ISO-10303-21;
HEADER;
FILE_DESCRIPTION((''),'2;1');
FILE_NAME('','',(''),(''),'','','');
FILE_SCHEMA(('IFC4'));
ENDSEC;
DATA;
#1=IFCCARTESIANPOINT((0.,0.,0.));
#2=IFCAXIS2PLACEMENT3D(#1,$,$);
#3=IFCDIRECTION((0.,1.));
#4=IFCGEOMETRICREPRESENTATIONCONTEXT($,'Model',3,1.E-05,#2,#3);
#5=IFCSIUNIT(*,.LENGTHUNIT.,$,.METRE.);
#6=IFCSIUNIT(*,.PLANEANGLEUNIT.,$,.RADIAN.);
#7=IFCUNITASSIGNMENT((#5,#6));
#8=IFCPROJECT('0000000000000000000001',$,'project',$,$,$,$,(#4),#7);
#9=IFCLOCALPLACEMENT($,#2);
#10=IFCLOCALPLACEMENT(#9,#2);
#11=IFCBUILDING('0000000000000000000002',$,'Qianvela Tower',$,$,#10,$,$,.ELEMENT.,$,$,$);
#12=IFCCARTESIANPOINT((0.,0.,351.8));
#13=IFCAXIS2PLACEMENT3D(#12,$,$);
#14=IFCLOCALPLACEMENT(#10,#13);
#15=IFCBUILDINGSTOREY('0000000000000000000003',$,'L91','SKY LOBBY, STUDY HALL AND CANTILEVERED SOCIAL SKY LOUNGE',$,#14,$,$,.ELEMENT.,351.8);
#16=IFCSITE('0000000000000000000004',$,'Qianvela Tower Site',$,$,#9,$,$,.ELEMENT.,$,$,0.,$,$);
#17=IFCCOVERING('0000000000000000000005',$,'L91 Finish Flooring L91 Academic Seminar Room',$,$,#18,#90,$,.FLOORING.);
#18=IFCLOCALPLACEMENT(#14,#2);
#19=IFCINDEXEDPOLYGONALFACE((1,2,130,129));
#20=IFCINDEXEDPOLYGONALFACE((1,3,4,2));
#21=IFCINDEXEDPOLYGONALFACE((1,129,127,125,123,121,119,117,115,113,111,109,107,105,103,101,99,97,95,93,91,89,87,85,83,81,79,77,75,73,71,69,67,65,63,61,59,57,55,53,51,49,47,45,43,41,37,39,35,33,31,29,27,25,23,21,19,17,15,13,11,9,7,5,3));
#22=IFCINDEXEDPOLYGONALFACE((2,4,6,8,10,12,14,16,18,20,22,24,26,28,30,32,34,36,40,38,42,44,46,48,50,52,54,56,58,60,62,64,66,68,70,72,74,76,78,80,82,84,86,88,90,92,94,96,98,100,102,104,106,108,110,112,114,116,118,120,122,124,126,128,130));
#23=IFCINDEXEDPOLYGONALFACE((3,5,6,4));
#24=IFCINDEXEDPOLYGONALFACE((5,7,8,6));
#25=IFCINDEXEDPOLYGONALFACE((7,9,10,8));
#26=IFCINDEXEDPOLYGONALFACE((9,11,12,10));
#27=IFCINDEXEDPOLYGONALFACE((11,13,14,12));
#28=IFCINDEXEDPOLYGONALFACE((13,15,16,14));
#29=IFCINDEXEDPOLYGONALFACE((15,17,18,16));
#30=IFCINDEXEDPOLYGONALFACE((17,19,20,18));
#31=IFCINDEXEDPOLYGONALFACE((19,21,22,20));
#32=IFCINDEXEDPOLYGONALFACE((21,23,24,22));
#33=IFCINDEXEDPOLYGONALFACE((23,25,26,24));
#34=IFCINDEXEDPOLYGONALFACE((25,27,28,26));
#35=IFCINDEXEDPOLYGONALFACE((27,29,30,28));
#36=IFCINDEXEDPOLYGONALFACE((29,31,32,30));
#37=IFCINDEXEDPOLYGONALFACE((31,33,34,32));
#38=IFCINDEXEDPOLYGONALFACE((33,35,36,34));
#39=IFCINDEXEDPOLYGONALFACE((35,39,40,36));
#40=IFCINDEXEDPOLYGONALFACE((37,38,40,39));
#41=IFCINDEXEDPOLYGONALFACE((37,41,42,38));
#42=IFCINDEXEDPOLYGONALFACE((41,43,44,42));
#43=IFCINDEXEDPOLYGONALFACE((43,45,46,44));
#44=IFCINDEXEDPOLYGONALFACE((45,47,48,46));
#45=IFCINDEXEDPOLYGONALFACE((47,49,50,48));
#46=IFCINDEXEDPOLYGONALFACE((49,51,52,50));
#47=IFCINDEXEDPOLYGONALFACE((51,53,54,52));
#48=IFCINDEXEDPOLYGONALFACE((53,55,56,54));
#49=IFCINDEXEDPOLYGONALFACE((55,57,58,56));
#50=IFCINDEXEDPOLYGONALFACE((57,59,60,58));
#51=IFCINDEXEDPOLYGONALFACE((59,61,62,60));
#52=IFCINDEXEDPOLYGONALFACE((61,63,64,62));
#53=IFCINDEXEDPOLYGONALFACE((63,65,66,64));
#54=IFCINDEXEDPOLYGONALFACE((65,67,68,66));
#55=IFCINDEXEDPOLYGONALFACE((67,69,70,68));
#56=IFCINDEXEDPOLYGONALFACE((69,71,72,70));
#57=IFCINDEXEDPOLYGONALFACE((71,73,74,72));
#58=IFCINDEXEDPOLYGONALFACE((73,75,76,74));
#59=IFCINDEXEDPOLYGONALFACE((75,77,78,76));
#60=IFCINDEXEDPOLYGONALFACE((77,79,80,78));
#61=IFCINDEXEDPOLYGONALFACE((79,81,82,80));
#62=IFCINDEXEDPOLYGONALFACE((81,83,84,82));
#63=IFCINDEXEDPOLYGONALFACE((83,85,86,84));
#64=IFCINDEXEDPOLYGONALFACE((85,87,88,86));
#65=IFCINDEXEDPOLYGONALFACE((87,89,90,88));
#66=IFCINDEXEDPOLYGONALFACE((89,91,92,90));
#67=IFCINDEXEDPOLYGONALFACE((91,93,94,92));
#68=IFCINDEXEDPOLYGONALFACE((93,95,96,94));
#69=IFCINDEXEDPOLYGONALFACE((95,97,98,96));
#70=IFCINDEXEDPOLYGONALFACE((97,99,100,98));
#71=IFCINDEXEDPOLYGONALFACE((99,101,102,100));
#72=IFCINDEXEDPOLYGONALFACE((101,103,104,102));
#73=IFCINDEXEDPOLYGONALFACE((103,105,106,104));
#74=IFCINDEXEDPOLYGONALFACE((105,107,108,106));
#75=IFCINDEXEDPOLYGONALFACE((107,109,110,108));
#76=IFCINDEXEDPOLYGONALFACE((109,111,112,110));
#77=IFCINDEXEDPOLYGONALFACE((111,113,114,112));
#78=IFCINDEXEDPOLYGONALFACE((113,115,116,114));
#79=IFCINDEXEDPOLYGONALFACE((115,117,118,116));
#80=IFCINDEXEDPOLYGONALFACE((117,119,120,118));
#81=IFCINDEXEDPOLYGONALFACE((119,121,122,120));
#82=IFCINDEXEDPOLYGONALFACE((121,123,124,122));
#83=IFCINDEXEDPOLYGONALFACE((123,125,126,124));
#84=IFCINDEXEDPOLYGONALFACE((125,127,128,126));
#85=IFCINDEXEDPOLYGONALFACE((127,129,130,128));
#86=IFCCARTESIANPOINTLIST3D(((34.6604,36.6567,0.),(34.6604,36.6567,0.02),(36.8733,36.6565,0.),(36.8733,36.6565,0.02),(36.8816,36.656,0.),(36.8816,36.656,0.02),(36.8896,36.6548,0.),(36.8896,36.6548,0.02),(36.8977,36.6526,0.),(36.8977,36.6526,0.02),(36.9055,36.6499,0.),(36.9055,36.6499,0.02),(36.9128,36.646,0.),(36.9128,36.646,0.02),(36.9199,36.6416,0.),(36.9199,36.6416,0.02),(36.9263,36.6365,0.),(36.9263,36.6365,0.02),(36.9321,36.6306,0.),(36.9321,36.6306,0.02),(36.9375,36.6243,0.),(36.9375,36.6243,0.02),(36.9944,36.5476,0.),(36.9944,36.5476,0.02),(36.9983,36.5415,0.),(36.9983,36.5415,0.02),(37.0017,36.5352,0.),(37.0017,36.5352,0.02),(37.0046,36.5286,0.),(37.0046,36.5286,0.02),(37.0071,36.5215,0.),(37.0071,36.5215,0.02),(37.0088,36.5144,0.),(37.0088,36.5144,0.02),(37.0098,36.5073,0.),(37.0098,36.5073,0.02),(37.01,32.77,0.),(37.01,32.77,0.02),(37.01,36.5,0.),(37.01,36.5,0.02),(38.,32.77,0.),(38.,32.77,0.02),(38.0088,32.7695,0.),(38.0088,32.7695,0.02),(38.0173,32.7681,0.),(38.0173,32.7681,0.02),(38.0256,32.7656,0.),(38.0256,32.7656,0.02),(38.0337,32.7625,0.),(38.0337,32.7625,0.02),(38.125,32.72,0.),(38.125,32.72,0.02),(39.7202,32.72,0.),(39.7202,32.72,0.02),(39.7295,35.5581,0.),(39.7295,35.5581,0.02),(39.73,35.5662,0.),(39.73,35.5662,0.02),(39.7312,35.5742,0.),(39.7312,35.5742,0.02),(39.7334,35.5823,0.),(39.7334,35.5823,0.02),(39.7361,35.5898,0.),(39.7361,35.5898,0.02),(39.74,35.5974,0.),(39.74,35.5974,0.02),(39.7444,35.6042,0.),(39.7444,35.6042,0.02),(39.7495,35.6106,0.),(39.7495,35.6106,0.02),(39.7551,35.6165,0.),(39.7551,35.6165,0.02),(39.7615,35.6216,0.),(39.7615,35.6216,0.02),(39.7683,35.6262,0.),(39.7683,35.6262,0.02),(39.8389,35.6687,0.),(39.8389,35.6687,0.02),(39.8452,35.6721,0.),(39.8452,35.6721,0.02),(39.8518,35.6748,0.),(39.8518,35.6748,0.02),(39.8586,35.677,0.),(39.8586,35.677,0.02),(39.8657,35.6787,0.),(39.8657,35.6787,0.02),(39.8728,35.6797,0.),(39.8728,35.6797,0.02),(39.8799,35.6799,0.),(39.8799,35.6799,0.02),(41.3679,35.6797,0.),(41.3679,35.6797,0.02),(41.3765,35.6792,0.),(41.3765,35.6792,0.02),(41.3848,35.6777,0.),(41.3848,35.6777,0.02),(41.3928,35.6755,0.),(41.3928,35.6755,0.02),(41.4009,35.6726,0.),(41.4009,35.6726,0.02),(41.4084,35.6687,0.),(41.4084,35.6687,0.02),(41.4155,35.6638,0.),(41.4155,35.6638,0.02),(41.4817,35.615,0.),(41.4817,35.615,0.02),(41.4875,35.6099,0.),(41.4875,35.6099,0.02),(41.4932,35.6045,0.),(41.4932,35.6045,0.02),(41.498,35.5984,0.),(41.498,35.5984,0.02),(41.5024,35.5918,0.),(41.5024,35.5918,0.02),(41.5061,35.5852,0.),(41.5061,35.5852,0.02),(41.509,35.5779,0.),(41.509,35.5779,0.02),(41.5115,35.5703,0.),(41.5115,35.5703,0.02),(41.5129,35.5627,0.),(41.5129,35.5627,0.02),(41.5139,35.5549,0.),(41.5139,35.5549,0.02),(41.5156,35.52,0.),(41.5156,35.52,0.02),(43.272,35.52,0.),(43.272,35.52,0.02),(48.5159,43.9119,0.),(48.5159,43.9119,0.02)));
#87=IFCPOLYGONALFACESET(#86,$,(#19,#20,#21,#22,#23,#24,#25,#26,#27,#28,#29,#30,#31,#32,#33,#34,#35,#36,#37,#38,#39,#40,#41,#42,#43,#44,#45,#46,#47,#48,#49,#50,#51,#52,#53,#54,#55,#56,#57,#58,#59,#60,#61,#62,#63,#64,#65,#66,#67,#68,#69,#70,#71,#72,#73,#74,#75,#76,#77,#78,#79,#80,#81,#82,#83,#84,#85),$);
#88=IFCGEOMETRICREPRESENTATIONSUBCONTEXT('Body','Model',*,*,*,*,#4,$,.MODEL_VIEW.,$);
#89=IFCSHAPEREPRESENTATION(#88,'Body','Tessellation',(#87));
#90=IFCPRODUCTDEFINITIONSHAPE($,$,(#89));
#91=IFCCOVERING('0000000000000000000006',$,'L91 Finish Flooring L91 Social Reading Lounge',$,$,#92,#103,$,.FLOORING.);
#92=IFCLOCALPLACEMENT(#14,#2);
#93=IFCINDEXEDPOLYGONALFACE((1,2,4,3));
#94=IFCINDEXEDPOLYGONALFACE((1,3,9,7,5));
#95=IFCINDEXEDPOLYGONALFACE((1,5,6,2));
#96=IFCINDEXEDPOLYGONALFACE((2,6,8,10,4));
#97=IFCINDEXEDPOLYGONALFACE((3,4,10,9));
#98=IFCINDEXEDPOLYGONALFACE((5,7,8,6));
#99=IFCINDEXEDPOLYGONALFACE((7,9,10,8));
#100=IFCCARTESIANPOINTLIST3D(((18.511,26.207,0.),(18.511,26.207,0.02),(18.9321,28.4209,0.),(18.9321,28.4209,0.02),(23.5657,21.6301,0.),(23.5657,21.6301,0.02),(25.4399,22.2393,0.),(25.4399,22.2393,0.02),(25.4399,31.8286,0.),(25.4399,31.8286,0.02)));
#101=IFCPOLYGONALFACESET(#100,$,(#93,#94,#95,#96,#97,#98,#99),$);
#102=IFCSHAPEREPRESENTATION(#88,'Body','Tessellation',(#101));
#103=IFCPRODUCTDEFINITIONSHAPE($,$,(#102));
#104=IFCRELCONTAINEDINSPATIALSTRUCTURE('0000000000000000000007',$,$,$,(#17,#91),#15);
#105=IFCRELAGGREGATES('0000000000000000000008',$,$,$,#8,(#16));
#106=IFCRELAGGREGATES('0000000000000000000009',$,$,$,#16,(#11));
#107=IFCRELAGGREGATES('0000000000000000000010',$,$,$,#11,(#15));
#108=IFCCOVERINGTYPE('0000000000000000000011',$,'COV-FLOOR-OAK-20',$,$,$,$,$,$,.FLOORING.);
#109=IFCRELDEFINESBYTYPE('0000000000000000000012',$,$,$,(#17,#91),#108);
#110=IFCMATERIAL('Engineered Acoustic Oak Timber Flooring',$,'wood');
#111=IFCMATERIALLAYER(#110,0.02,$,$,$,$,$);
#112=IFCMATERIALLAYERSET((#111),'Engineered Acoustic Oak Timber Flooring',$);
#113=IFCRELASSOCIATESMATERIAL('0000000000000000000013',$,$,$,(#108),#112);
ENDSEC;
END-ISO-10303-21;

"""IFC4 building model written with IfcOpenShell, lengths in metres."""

from ifc_helpers import new_model, si_unit, direction, frame, origin, place, context, subcontext, project, spatial, polyline, outline, extrude, material, layer, layer_set, type_object, element, save


model = new_model("IFC4")

# Units and contexts
model_context = context("Model", 3, precision=1e-05, world=origin(), true_north=direction((0.0, 1.0)))
body_context = subcontext(model_context, "Body", "Model", "MODEL_VIEW")
ifc_project = project(units=[si_unit("LENGTHUNIT", "METRE"), si_unit("PLANEANGLEUNIT", "RADIAN")], contexts=[model_context])

# Site, building, storey
site_placement = place(None, origin())
site = spatial("IfcSite", under=ifc_project, at=site_placement, Name="Qianvela Tower Site", CompositionType="ELEMENT", RefElevation=0.0)
building_placement = place(site_placement, origin())
building = spatial("IfcBuilding", under=site, at=building_placement, Name="Qianvela Tower", CompositionType="ELEMENT")
storey_placement = place(building_placement, frame((0.0, 0.0, 351.8)))
storey = spatial("IfcBuildingStorey", under=building, at=storey_placement, Name="L91", Description="SKY LOBBY, STUDY HALL AND CANTILEVERED SOCIAL SKY LOUNGE", CompositionType="ELEMENT", Elevation=351.8)

# Coverings
ifc_material_1 = material(Name="Engineered Acoustic Oak Timber Flooring", Category="wood")
ifc_layer_1 = layer(ifc_material_1, 0.02)
ifc_layer_set_1 = layer_set([ifc_layer_1], Name="Engineered Acoustic Oak Timber Flooring")
covering_type_1 = type_object("IfcCoveringType", Name="COV-FLOOR-OAK-20", PredefinedType="FLOORING", material=ifc_layer_set_1)
covering_1_placement = place(storey_placement, origin())
element("IfcCovering", 1, at=covering_1_placement, inside=storey, type_object=covering_type_1, Name="L91 Finish Flooring L91 Academic Seminar Room", PredefinedType="FLOORING", context=body_context, shape_type="SweptSolid", body=[
    extrude(outline(polyline([(34.6604, 36.6567), (48.5159, 43.9119), (43.272, 35.52), (41.5156, 35.52), (41.5139, 35.5549), (41.5129, 35.5627), (41.5115, 35.5703), (41.509, 35.5779), (41.5061, 35.5852), (41.5024, 35.5918), (41.498, 35.5984), (41.4932, 35.6045), (41.4875, 35.6099), (41.4817, 35.615), (41.4155, 35.6638), (41.4084, 35.6687), (41.4009, 35.6726), (41.3928, 35.6755), (41.3848, 35.6777), (41.3765, 35.6792), (41.3679, 35.6797), (39.8799, 35.6799), (39.8728, 35.6797), (39.8657, 35.6787), (39.8586, 35.677), (39.8518, 35.6748), (39.8452, 35.6721), (39.8389, 35.6687), (39.7683, 35.6262), (39.7615, 35.6216), (39.7551, 35.6165), (39.7495, 35.6106), (39.7444, 35.6042), (39.74, 35.5974), (39.7361, 35.5898), (39.7334, 35.5823), (39.7312, 35.5742), (39.73, 35.5662), (39.7295, 35.5581), (39.7202, 32.72), (38.125, 32.72), (38.0337, 32.7625), (38.0256, 32.7656), (38.0173, 32.7681), (38.0088, 32.7695), (38.0, 32.77), (37.01, 32.77), (37.01, 36.5), (37.0098, 36.5073), (37.0088, 36.5144), (37.0071, 36.5215), (37.0046, 36.5286), (37.0017, 36.5352), (36.9983, 36.5415), (36.9944, 36.5476), (36.9375, 36.6243), (36.9321, 36.6306), (36.9263, 36.6365), (36.9199, 36.6416), (36.9128, 36.646), (36.9055, 36.6499), (36.8977, 36.6526), (36.8896, 36.6548), (36.8816, 36.656), (36.8733, 36.6565), (34.6604, 36.6567)])), origin(), (0.0, 0.0, 1.0), 0.02),
])
covering_2_placement = place(storey_placement, origin())
element("IfcCovering", 2, at=covering_2_placement, inside=storey, type_object=covering_type_1, Name="L91 Finish Flooring L91 Social Reading Lounge", PredefinedType="FLOORING", context=body_context, shape_type="SweptSolid", body=[
    extrude(outline(polyline([(25.4399, 22.2393), (23.5657, 21.6301), (18.511, 26.207), (18.9321, 28.4209), (25.4399, 31.8286), (25.4399, 22.2393)])), origin(), (0.0, 0.0, 1.0), 0.02),
])

save(model, "model.ifc")
